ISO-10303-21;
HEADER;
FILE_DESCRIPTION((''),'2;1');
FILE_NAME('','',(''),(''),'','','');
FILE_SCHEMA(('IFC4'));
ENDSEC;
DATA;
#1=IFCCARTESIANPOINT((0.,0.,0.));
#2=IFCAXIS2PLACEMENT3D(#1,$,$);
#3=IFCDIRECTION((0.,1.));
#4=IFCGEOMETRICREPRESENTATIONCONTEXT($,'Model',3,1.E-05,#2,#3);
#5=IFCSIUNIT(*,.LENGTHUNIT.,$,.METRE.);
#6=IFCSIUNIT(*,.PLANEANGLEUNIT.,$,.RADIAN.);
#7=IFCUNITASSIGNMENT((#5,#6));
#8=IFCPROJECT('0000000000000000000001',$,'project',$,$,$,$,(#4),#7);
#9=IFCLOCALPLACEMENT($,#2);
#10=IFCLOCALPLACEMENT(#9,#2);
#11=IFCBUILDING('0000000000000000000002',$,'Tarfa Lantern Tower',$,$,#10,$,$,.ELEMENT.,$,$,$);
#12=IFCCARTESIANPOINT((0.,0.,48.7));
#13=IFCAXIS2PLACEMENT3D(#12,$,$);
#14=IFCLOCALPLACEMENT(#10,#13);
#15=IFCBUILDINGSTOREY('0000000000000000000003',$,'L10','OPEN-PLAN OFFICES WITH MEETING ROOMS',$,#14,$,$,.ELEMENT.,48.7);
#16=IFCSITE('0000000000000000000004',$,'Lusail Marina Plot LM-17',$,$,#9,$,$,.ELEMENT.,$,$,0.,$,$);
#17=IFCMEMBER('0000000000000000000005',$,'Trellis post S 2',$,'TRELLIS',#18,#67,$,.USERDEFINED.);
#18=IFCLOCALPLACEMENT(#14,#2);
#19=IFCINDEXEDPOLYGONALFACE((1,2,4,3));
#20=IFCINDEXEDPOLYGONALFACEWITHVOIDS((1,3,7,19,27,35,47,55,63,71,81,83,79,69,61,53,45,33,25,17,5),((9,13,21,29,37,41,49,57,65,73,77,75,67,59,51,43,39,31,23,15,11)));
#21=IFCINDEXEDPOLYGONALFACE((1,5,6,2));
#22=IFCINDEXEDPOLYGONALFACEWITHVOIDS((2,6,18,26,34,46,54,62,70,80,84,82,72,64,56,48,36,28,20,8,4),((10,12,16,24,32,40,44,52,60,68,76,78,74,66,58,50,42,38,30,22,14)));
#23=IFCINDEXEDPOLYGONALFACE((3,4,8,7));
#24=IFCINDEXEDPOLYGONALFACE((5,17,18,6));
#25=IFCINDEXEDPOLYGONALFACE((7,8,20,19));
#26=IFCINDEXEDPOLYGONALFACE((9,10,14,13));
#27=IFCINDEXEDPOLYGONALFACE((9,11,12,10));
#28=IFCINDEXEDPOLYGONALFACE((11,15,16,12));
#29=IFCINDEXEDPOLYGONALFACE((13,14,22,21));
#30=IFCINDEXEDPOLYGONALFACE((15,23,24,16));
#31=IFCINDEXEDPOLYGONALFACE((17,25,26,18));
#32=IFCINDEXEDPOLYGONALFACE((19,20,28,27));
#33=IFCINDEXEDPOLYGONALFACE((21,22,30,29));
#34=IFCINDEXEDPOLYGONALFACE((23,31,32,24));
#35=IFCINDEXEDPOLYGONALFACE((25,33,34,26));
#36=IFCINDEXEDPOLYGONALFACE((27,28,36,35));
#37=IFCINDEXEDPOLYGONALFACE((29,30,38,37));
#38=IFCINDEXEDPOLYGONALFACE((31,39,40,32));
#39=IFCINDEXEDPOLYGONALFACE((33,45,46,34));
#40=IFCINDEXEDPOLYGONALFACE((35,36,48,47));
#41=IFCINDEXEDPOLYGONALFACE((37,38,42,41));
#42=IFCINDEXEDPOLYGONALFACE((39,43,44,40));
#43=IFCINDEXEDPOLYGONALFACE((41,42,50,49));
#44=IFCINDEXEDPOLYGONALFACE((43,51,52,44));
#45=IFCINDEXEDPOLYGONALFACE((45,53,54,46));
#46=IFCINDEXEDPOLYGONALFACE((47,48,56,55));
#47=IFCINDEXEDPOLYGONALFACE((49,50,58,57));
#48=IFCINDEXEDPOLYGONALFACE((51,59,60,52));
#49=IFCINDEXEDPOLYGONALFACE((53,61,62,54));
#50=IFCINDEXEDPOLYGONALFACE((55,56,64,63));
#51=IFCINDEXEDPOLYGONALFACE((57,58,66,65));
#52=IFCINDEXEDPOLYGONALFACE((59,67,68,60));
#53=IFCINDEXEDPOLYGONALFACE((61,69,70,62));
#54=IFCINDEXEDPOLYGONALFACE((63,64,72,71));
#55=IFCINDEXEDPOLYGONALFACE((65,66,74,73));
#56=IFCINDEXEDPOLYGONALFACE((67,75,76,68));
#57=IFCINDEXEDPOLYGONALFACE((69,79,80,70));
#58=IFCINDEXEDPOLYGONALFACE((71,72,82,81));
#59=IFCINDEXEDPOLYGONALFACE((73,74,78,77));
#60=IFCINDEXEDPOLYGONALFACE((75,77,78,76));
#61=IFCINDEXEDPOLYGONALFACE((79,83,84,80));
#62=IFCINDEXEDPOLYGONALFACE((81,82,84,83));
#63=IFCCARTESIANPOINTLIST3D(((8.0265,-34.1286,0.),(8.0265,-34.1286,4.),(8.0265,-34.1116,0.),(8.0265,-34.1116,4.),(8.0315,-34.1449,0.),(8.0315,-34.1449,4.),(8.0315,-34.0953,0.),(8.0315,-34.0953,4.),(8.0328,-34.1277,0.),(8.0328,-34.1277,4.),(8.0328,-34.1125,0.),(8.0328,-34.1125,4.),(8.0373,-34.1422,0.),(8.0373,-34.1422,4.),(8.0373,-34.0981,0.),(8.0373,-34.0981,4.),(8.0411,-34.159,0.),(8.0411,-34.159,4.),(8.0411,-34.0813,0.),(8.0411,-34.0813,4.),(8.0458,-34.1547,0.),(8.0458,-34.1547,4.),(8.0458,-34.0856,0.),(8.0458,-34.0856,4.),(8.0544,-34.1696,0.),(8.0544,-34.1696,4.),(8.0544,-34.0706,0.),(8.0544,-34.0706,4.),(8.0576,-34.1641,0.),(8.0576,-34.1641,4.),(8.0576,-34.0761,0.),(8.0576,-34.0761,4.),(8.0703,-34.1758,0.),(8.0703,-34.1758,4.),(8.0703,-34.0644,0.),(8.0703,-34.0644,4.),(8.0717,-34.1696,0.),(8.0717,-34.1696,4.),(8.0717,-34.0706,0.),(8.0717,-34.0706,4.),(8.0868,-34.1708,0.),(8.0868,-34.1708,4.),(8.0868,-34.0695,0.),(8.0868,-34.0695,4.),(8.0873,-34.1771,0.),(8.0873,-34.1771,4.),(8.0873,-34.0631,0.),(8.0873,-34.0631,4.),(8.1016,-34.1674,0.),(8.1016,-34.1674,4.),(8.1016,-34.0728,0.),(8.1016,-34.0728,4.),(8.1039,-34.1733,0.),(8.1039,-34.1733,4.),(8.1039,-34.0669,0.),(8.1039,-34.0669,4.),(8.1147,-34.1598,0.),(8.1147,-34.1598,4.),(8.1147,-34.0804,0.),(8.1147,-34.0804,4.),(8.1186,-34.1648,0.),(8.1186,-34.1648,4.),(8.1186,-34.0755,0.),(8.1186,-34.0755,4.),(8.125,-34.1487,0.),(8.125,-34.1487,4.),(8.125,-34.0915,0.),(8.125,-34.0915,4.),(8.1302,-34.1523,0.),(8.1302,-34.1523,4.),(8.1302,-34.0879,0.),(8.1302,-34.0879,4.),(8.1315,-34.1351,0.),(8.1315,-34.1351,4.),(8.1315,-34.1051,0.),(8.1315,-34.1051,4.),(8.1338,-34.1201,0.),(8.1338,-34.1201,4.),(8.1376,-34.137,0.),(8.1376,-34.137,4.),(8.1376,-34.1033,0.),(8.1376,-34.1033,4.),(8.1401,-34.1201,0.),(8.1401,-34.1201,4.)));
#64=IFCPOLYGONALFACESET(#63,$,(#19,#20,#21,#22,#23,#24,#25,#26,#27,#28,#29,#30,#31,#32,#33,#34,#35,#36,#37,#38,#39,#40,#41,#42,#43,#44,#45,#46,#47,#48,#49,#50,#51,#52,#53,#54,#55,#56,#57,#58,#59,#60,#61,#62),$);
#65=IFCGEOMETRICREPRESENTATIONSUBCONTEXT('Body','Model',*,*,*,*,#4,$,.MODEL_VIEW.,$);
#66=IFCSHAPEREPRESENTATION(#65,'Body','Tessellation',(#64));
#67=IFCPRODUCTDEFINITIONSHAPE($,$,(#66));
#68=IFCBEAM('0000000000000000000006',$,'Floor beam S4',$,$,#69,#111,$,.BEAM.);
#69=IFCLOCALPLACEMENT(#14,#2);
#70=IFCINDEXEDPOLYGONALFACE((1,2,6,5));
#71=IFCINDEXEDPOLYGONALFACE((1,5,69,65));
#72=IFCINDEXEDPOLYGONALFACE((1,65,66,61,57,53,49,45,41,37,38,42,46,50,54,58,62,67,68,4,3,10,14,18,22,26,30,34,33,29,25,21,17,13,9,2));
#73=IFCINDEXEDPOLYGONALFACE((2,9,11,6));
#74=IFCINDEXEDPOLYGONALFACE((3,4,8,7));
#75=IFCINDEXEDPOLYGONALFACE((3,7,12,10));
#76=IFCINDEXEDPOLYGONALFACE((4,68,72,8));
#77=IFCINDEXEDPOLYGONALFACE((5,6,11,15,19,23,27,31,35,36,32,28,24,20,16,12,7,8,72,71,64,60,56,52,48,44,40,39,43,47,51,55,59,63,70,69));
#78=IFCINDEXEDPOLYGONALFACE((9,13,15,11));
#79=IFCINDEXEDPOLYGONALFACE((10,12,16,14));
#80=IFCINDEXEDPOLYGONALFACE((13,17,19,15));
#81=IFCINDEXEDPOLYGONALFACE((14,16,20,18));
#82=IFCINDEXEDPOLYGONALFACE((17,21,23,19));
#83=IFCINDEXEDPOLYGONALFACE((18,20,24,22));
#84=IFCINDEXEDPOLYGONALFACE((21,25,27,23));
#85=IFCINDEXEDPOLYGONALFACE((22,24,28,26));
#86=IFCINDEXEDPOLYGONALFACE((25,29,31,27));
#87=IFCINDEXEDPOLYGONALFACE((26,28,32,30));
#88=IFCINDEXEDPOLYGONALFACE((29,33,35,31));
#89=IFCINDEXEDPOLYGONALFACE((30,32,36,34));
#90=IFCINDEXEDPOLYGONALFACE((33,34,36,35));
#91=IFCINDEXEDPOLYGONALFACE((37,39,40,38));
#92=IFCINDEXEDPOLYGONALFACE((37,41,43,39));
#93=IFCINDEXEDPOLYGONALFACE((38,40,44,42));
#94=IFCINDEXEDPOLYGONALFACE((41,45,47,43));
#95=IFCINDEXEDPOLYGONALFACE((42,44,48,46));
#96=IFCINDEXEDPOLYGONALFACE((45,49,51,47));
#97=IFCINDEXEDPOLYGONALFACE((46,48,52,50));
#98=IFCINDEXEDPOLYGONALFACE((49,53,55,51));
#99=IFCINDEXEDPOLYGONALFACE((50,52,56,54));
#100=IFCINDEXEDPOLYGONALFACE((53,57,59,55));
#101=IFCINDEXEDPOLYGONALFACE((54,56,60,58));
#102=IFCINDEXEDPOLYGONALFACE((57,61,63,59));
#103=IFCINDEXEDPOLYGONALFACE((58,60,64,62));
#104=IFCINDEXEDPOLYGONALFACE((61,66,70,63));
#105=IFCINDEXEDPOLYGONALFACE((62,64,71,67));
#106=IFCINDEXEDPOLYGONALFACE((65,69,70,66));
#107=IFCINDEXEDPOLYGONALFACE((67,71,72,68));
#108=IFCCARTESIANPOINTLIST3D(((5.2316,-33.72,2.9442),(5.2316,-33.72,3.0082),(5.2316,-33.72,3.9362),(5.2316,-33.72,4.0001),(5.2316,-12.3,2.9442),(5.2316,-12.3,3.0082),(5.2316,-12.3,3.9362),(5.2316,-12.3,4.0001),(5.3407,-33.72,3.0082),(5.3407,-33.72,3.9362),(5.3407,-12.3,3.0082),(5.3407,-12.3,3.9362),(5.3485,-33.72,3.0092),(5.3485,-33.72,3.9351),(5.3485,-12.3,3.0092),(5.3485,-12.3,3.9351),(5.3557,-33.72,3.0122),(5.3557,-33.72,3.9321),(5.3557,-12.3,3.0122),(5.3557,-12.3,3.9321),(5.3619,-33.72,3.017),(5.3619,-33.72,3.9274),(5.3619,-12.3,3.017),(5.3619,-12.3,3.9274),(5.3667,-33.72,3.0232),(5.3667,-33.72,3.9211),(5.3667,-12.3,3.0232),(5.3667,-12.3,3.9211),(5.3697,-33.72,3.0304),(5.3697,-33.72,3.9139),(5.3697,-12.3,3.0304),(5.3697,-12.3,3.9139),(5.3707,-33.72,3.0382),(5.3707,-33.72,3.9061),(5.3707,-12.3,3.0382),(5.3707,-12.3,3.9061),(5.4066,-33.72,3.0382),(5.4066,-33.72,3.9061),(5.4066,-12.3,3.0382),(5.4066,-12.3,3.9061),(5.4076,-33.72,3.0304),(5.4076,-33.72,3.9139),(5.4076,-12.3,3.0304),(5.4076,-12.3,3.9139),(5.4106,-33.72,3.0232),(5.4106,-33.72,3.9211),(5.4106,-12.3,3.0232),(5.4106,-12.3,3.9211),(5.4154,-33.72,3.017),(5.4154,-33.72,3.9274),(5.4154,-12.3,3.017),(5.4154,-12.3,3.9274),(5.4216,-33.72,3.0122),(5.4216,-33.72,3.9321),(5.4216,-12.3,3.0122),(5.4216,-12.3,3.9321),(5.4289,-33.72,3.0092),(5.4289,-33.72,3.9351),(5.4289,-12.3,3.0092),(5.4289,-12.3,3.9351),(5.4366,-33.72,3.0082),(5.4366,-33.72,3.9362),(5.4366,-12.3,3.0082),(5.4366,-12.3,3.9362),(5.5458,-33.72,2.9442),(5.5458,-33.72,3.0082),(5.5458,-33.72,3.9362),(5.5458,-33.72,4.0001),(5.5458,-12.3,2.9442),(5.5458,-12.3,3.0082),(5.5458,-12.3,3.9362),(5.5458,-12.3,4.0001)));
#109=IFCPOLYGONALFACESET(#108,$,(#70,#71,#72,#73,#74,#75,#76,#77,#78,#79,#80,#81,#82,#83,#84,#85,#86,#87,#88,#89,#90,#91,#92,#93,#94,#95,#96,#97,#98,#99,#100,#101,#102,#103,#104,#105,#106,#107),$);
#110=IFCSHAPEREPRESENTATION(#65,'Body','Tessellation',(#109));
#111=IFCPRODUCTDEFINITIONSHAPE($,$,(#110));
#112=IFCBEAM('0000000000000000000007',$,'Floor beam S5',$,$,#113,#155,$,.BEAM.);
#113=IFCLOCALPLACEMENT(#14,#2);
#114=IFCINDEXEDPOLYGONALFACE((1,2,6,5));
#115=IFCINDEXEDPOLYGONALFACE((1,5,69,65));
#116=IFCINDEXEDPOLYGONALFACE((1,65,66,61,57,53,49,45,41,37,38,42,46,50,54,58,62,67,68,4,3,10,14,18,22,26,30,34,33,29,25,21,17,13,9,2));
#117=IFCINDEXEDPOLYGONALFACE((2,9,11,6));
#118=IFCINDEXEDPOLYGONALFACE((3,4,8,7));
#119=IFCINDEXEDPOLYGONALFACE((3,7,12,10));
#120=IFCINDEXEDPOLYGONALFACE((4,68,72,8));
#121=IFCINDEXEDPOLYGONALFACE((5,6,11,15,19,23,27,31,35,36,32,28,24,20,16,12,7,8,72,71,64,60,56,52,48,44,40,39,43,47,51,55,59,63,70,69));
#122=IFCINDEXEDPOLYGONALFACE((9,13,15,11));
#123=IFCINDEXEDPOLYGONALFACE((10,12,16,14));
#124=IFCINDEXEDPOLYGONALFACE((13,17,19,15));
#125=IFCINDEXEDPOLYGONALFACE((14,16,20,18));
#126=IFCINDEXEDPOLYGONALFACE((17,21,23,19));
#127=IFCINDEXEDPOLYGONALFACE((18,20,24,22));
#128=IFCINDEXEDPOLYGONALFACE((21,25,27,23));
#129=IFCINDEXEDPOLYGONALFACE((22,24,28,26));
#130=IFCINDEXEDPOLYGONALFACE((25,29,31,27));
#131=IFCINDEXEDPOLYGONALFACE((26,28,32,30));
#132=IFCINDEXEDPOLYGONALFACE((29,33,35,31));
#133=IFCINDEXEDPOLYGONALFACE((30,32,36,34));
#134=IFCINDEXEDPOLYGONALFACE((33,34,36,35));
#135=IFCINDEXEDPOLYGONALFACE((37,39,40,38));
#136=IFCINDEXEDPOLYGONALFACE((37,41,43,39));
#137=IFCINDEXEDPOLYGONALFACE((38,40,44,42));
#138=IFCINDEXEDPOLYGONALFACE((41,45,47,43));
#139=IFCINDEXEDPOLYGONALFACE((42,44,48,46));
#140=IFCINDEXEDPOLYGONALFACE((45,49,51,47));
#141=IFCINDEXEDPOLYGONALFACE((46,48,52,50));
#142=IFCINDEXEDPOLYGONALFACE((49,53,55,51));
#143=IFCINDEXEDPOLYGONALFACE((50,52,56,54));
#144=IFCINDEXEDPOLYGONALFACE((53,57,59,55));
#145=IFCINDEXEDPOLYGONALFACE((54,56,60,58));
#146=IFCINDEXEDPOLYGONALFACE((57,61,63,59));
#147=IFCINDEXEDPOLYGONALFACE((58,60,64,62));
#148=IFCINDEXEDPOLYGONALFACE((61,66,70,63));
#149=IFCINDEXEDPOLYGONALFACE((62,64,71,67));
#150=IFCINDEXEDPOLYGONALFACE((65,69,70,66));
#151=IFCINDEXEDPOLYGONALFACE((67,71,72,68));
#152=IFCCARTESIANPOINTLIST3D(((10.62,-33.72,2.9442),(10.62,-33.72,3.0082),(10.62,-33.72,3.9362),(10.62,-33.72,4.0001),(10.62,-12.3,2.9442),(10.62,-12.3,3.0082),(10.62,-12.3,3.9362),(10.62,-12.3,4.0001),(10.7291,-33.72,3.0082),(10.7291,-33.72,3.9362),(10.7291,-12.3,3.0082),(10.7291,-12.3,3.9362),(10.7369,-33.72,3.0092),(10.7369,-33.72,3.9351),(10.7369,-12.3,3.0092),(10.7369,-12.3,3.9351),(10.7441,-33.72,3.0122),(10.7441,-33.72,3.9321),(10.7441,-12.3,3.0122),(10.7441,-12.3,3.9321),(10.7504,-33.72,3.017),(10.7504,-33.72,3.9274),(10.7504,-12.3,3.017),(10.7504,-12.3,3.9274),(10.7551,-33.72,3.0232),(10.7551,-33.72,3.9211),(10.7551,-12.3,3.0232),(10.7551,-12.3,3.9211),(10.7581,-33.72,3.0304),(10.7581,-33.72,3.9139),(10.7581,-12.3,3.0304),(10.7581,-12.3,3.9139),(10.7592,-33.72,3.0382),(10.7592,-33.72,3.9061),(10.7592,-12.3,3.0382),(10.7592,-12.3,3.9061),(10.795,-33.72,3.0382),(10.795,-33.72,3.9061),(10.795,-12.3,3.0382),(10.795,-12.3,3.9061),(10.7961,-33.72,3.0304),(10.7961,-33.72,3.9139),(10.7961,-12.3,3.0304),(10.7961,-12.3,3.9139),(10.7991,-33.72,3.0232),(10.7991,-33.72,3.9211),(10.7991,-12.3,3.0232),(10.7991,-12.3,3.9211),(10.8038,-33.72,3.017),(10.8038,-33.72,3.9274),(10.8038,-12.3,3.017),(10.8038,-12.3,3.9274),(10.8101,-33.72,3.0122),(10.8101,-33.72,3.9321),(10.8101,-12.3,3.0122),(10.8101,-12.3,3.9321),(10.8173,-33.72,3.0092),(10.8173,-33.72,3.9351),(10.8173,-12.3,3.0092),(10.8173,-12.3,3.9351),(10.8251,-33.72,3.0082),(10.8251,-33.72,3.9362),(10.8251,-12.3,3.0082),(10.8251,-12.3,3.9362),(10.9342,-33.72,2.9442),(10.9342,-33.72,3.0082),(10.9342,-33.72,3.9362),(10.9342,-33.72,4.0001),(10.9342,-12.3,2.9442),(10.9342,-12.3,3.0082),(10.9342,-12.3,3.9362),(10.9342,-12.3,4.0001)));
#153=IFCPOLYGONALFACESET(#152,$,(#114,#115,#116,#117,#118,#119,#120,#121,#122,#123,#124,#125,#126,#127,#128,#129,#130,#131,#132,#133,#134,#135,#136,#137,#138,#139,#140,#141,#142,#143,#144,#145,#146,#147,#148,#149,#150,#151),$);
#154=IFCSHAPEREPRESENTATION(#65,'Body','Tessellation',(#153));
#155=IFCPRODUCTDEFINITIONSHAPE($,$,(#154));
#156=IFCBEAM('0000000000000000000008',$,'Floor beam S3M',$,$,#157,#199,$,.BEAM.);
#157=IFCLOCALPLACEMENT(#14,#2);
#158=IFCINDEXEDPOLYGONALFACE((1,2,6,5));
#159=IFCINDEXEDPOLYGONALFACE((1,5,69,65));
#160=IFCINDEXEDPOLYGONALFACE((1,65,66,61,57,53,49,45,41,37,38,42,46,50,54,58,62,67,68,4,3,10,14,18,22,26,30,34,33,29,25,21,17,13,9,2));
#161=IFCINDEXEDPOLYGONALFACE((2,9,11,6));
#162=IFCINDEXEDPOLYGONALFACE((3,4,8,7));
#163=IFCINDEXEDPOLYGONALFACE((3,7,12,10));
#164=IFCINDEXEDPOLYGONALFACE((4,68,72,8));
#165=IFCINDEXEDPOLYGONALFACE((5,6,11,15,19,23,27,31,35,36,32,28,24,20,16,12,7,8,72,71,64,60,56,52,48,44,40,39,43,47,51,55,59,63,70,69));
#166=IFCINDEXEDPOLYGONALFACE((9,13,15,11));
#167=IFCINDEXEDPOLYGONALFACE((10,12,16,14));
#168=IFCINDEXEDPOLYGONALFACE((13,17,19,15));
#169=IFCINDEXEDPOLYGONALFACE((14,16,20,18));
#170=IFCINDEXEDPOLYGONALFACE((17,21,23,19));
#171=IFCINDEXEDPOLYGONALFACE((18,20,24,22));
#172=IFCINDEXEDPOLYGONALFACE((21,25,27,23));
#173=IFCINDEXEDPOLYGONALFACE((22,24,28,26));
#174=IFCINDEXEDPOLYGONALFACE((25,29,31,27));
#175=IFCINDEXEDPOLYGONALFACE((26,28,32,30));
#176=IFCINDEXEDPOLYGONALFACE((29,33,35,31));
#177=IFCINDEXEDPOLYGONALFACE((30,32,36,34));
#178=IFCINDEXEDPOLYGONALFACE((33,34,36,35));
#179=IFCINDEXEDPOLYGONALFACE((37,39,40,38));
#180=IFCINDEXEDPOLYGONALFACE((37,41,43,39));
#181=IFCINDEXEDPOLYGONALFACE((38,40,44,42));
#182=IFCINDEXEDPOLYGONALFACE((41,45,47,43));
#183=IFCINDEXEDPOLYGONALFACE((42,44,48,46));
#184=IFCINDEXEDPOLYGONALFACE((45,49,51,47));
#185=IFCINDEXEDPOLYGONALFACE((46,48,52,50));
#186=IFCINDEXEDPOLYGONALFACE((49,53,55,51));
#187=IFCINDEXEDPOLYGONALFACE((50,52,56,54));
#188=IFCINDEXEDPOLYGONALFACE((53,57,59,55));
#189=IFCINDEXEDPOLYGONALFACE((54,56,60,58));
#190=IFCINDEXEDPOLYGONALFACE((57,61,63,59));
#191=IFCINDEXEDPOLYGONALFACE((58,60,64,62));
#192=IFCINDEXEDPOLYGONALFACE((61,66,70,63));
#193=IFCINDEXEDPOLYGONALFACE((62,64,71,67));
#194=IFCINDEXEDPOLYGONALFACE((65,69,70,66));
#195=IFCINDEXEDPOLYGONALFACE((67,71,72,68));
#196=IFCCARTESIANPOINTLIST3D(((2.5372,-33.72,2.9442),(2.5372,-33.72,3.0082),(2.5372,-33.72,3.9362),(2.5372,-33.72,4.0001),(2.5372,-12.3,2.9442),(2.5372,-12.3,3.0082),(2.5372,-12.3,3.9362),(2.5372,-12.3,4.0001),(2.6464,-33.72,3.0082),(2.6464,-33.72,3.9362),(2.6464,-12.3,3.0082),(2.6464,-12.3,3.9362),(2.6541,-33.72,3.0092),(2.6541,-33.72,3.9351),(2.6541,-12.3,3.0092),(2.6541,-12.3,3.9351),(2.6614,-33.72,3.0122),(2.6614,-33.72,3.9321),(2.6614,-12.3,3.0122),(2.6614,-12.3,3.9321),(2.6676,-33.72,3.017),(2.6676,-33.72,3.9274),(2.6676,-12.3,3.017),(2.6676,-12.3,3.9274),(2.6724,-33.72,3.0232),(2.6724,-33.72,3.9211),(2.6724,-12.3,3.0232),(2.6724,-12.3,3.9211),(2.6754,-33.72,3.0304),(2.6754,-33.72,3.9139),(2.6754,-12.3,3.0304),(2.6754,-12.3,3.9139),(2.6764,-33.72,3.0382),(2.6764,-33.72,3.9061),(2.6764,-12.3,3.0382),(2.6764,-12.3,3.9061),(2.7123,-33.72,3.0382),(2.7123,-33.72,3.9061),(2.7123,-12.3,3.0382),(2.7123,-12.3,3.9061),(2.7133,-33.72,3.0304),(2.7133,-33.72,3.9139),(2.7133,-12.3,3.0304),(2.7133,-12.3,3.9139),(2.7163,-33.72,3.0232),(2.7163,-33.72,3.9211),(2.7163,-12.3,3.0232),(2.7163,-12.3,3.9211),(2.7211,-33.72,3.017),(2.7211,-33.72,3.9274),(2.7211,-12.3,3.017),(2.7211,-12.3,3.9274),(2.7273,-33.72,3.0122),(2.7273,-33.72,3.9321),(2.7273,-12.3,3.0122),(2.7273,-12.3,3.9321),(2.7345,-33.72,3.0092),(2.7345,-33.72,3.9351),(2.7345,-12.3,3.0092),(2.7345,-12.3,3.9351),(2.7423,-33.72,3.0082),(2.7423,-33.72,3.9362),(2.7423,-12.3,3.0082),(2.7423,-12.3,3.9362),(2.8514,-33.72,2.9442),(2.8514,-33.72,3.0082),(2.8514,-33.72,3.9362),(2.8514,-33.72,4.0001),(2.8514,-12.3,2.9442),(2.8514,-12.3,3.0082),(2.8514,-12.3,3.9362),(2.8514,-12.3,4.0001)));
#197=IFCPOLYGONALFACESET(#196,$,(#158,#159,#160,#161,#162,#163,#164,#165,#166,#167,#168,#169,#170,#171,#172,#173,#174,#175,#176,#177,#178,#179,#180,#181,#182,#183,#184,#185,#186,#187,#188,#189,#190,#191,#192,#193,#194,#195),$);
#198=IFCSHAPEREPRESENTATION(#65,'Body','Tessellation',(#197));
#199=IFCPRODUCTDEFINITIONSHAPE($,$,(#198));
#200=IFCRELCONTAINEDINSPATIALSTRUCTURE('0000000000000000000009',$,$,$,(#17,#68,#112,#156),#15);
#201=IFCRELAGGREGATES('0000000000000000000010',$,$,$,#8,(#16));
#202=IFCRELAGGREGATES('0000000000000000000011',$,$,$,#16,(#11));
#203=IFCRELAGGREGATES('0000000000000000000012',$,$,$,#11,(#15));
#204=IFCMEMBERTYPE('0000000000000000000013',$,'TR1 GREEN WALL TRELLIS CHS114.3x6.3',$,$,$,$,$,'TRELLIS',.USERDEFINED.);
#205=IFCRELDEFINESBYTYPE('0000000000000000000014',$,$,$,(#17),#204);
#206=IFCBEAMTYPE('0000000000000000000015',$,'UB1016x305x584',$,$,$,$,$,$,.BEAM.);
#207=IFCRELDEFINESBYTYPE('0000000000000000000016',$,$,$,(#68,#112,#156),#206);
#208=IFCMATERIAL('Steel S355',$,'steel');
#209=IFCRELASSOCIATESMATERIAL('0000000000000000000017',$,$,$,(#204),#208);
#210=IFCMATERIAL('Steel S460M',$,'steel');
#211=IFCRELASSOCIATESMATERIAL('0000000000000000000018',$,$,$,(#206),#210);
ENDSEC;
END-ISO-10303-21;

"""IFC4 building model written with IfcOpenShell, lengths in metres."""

from ifc_helpers import new_model, si_unit, direction, frame, origin, origin_2d, place, context, subcontext, project, spatial, hollow_circle, i_section, extrude, material, material_profile, profile_set, type_object, element, save


model = new_model("IFC4")

# Units and contexts
model_context = context("Model", 3, precision=1e-05, world=origin(), true_north=direction((0.0, 1.0)))
body_context = subcontext(model_context, "Body", "Model", "MODEL_VIEW")
ifc_project = project(units=[si_unit("LENGTHUNIT", "METRE"), si_unit("PLANEANGLEUNIT", "RADIAN")], contexts=[model_context])

# Site, building, storey
site_placement = place(None, origin())
site = spatial("IfcSite", under=ifc_project, at=site_placement, Name="Lusail Marina Plot LM-17", CompositionType="ELEMENT", RefElevation=0.0)
building_placement = place(site_placement, origin())
building = spatial("IfcBuilding", under=site, at=building_placement, Name="Tarfa Lantern Tower", CompositionType="ELEMENT")
storey_placement = place(building_placement, frame((0.0, 0.0, 48.7)))
storey = spatial("IfcBuildingStorey", under=building, at=storey_placement, Name="L10", Description="OPEN-PLAN OFFICES WITH MEETING ROOMS", CompositionType="ELEMENT", Elevation=48.7)

# Member
ifc_material_1 = material(Name="Steel S355", Category="steel")
ifc_material_profile_1 = material_profile(ifc_material_1, hollow_circle(Radius=0.0571, WallThickness=0.0063, at=origin_2d()), Name="CHS114.3x6.3")
ifc_profile_set_1 = profile_set([ifc_material_profile_1], Name="Steel S355")
member_type_1 = type_object("IfcMemberType", Name="TR1 GREEN WALL TRELLIS CHS114.3x6.3", ElementType="TRELLIS", PredefinedType="USERDEFINED", material=ifc_profile_set_1)
member_1_placement = place(storey_placement, frame((8.083, -34.1201, 0.0), z_axis=(0.0, 0.0, 1.0), x_axis=(1.0, 0.0, 0.0)))
element("IfcMember", 1, at=member_1_placement, inside=storey, type_object=member_type_1, Name="Trellis post S 2", ObjectType="TRELLIS", PredefinedType="USERDEFINED", context=body_context, shape_type="SweptSolid", body=[
    extrude(hollow_circle(Radius=0.0571, WallThickness=0.0063, at=origin_2d()), origin(), (0.0, 0.0, 1.0), 4.0),
])

# Beams
ifc_material_2 = material(Name="Steel S460M", Category="steel")
ifc_material_profile_2 = material_profile(ifc_material_2, i_section(OverallWidth=0.3142, OverallDepth=1.0559, WebThickness=0.0359, FlangeThickness=0.064, FilletRadius=0.03, at=origin_2d()), Name="UB1016x305x584")
ifc_profile_set_2 = profile_set([ifc_material_profile_2], Name="Steel S460M")
beam_type_1 = type_object("IfcBeamType", Name="UB1016x305x584", PredefinedType="BEAM", material=ifc_profile_set_2)
for number, where, z_axis, x_axis, name in (
    (2, (5.3887, -33.72, 3.4722), (0.0, 1.0, 0.0), (-1.0, 0.0, 0.0), "Floor beam S4"),
    (3, (10.7771, -33.72, 3.4722), (0.0, 1.0, 0.0), (-1.0, 0.0, 0.0), "Floor beam S5"),
    (4, (2.6943, -33.72, 3.4722), (0.0, 1.0, 0.0), (-1.0, 0.0, 0.0), "Floor beam S3M"),
):
    element("IfcBeam", number, at=place(storey_placement, frame(where, z_axis=z_axis, x_axis=x_axis)), inside=storey, type_object=beam_type_1, Name=name, PredefinedType="BEAM", context=body_context, shape_type="SweptSolid", body=[
        extrude(i_section(OverallWidth=0.3142, OverallDepth=1.0559, WebThickness=0.0359, FlangeThickness=0.064, FilletRadius=0.03, at=origin_2d()), origin(), (0.0, 0.0, 1.0), 21.4199),
    ])

save(model, "model.ifc")
